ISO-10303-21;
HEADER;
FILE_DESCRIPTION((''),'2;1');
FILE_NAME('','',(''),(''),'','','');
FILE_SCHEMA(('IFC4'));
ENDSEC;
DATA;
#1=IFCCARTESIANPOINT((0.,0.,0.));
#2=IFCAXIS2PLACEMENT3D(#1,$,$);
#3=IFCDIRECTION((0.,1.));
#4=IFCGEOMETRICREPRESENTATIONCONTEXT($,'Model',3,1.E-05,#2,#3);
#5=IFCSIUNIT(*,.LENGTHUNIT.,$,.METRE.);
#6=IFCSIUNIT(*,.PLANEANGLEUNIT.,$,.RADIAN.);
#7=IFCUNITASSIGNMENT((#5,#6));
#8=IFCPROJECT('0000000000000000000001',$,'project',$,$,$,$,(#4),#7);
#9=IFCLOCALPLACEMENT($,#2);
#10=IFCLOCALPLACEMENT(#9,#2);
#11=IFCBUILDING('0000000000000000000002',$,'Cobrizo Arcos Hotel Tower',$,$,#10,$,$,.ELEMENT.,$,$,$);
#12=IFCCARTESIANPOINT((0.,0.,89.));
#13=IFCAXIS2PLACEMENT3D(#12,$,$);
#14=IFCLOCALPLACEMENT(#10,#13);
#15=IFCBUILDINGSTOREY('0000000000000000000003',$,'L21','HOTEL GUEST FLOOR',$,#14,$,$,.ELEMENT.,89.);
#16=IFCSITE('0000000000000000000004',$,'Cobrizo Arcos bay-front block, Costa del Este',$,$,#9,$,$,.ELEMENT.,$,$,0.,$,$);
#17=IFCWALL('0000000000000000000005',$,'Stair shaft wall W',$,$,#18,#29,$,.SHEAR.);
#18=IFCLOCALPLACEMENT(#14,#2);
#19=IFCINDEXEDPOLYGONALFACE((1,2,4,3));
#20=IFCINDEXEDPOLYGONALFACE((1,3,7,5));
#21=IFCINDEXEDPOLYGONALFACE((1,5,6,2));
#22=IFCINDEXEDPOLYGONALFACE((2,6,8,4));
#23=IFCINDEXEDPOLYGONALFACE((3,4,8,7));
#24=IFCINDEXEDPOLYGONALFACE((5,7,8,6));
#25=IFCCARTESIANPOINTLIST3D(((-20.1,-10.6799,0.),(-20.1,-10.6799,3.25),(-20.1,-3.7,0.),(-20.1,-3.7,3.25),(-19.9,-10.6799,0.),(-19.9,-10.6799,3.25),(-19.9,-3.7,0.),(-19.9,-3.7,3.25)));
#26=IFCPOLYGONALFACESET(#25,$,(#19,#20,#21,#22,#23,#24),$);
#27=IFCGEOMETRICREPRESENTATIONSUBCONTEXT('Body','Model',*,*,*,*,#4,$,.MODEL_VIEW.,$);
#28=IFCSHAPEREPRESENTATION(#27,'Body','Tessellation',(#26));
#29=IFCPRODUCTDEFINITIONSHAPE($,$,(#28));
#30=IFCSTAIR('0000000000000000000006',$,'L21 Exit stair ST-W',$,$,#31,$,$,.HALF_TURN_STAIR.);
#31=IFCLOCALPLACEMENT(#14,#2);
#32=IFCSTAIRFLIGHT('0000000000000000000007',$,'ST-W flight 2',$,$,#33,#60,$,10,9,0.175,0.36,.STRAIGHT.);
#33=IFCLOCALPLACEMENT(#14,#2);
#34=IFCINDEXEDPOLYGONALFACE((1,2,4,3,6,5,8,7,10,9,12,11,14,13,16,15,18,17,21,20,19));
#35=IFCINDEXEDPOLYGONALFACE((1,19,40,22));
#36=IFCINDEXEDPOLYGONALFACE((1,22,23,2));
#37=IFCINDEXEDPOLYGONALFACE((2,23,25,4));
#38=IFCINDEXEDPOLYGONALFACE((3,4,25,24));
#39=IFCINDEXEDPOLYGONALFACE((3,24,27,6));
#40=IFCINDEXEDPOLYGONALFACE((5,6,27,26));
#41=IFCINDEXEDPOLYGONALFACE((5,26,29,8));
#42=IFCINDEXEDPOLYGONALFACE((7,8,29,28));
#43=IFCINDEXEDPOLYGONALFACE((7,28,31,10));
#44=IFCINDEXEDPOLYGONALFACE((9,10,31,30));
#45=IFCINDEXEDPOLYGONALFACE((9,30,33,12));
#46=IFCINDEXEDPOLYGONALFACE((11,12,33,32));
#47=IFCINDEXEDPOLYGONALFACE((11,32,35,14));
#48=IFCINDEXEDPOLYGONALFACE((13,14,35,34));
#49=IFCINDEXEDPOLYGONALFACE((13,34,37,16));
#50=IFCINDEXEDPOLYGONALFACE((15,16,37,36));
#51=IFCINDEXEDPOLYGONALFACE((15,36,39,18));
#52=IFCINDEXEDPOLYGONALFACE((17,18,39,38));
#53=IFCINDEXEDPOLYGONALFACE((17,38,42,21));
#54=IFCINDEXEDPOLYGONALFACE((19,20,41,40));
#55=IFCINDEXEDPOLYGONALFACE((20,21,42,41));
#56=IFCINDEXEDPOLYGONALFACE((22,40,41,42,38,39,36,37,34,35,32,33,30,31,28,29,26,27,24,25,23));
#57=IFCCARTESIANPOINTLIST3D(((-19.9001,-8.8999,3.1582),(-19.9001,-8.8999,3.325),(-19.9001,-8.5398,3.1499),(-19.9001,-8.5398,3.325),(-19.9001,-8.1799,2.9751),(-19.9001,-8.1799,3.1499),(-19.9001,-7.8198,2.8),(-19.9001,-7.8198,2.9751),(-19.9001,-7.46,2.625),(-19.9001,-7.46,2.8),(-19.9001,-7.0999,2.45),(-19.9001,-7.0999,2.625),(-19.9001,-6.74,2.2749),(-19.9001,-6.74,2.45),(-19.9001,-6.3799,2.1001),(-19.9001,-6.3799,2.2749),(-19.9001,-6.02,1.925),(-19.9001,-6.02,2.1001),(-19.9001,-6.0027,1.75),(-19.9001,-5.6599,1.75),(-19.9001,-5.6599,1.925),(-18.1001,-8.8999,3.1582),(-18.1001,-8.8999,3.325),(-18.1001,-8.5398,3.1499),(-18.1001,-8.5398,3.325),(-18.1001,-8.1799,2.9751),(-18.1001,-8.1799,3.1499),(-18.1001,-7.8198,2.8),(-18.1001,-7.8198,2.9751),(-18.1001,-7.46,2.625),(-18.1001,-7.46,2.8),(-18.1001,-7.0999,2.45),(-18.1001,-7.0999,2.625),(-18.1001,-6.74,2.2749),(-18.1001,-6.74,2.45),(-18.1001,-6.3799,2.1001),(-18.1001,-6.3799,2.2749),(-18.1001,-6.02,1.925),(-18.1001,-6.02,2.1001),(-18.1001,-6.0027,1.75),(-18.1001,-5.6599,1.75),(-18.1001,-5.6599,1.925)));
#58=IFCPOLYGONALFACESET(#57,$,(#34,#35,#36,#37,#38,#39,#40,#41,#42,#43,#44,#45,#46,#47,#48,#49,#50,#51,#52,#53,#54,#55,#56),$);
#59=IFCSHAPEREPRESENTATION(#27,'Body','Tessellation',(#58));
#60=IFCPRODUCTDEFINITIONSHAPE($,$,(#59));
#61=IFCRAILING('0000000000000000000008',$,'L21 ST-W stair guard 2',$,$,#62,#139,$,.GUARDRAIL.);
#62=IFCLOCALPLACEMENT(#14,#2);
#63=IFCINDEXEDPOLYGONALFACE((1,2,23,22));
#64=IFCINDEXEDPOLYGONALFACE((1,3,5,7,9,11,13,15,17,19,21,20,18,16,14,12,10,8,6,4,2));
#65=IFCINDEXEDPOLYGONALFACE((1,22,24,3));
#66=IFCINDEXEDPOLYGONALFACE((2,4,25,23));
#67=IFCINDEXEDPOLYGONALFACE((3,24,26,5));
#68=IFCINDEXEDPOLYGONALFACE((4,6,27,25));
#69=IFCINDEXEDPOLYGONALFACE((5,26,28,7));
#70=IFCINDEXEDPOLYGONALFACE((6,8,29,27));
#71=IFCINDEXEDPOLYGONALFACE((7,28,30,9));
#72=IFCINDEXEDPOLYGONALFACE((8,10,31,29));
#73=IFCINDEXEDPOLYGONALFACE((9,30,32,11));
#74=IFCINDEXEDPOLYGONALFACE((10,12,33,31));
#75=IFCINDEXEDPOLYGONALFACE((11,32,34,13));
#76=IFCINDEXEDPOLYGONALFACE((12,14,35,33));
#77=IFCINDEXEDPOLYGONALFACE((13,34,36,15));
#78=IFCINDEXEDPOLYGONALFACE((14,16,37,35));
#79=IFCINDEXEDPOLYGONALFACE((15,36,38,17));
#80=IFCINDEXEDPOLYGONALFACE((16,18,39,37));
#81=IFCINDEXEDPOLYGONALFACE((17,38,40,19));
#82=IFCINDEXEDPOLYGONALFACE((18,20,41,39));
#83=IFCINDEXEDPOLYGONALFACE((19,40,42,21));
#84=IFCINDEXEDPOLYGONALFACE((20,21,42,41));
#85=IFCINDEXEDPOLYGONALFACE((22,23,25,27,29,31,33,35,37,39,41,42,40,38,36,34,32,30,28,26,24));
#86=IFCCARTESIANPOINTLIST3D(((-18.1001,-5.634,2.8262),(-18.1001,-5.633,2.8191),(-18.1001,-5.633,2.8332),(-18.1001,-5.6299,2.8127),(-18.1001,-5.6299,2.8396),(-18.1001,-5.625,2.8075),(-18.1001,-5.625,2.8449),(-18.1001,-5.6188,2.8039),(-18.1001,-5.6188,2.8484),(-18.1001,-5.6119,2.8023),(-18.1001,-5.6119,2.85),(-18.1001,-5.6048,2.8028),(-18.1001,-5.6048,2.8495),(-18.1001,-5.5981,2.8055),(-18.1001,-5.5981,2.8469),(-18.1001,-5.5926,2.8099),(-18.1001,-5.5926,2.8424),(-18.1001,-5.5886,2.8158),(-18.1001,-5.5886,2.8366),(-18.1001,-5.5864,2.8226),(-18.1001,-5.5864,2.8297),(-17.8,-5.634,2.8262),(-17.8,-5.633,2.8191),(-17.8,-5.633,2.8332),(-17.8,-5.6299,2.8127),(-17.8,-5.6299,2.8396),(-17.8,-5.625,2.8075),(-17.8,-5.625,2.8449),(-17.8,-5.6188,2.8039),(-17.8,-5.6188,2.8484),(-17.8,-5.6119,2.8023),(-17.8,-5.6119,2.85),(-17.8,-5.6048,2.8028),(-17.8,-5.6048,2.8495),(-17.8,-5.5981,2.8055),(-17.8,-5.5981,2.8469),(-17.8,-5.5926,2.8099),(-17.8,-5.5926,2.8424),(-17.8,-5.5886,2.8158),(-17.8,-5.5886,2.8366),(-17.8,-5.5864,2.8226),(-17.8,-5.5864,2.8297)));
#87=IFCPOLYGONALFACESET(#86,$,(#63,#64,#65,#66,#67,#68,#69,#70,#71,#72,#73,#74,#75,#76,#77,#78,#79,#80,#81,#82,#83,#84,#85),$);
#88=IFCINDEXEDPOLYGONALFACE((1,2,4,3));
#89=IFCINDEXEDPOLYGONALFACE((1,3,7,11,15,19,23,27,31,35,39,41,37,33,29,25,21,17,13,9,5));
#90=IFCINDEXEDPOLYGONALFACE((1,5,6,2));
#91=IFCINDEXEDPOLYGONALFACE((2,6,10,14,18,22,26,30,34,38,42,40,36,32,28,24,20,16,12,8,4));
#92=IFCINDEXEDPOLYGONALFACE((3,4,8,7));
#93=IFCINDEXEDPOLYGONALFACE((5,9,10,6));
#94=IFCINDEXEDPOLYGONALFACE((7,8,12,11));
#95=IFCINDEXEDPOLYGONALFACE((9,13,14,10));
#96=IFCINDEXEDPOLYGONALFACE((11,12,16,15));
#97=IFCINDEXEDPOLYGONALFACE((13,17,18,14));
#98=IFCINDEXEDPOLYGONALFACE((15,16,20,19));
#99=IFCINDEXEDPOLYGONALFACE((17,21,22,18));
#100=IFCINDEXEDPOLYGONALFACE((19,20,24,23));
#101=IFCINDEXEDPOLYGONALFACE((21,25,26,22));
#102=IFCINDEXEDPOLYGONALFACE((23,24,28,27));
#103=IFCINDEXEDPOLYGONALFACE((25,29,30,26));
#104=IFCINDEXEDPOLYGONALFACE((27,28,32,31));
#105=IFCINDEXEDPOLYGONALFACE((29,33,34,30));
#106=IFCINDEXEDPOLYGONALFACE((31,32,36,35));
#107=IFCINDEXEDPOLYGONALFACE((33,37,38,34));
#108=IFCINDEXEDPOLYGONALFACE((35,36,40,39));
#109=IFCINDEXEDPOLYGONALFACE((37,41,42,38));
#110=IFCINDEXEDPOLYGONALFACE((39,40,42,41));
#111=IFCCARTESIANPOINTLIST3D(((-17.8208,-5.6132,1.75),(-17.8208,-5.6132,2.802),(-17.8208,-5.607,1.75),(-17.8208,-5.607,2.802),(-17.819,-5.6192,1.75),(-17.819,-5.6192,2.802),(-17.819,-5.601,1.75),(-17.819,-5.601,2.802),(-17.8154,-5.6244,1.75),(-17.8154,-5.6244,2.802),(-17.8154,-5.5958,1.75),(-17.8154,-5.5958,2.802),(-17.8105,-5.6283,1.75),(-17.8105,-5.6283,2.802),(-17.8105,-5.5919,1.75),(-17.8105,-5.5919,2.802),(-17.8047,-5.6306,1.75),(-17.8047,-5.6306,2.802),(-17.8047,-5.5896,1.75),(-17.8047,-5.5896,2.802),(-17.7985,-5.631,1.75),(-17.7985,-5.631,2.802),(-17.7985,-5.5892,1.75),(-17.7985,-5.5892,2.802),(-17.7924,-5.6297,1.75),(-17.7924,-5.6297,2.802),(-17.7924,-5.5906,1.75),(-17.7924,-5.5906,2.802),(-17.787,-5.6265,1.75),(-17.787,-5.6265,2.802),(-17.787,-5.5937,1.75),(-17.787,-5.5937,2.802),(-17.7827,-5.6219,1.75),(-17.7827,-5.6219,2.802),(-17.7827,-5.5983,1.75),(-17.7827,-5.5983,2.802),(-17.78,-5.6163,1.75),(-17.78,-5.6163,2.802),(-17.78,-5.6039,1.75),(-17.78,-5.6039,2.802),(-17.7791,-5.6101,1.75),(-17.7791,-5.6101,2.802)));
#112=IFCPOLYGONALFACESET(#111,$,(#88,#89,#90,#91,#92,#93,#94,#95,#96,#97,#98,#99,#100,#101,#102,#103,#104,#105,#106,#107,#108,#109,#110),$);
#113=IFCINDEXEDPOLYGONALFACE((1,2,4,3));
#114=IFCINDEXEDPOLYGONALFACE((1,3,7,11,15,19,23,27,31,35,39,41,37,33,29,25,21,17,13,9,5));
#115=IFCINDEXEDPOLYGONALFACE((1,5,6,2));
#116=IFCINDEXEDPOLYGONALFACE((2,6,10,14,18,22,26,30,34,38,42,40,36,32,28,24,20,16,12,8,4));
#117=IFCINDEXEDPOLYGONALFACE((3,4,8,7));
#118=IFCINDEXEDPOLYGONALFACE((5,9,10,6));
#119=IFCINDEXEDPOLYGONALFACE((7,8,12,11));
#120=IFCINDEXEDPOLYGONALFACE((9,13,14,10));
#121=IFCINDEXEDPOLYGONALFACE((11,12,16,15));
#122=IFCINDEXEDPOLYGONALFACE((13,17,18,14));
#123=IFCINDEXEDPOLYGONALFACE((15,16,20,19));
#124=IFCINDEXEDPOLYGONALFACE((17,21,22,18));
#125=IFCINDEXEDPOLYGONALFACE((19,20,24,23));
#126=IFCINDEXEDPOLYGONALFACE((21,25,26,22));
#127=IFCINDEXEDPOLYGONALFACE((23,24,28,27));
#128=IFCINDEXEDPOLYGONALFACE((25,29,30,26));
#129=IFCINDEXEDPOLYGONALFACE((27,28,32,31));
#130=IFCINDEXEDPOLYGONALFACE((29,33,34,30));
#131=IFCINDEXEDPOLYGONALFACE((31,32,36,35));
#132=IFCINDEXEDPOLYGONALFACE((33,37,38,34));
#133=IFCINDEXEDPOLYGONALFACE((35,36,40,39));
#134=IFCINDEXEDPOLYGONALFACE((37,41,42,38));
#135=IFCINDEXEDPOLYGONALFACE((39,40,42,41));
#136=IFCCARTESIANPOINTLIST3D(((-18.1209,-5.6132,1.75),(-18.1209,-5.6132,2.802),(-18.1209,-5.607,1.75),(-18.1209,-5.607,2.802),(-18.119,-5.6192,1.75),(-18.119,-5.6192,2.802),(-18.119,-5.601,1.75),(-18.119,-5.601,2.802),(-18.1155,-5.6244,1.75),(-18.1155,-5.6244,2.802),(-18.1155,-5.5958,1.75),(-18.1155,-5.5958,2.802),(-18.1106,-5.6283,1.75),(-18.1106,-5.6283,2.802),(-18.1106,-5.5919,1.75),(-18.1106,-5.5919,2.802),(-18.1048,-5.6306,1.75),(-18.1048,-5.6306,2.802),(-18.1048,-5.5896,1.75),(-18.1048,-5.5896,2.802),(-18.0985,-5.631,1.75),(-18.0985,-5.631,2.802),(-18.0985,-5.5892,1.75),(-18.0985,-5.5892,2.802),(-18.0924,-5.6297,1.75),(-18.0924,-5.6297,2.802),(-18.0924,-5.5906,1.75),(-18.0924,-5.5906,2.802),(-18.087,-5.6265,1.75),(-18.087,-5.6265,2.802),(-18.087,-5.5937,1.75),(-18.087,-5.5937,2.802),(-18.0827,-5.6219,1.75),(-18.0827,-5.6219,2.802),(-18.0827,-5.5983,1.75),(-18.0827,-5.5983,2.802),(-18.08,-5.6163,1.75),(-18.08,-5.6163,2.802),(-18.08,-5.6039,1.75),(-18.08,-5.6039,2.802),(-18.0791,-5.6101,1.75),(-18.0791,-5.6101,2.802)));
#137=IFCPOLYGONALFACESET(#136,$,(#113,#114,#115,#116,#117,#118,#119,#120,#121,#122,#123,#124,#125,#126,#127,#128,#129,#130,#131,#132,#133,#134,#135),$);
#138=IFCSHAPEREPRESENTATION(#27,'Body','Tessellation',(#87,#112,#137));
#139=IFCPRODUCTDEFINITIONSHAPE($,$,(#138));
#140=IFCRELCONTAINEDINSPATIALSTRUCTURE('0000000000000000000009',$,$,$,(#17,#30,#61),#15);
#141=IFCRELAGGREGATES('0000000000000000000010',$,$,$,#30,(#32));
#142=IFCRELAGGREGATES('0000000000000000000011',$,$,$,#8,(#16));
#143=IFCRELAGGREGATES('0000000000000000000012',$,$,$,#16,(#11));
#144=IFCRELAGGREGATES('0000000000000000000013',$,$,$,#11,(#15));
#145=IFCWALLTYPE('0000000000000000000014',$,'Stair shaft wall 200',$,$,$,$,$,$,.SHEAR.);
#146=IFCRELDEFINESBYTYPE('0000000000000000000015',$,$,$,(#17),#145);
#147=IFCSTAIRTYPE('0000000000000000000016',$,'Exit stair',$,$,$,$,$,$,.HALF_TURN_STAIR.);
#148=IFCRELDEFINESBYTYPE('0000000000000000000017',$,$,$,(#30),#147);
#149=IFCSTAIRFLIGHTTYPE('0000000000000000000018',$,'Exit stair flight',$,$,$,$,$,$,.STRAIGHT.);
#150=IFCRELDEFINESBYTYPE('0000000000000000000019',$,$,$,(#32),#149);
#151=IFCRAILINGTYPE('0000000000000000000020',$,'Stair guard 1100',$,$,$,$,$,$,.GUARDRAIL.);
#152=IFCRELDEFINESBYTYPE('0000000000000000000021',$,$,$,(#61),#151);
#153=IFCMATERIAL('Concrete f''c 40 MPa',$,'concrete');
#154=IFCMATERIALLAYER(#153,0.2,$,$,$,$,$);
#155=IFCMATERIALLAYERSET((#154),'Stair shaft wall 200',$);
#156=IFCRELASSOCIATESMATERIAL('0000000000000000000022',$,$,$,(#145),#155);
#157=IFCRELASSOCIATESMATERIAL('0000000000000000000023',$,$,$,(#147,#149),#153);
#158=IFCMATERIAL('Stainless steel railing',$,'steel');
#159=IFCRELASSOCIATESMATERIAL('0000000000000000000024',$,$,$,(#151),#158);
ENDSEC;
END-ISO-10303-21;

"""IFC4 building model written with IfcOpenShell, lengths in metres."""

from ifc_helpers import new_model, si_unit, direction, frame, frame_2d, origin, origin_2d, place, context, subcontext, project, spatial, polyline, rectangle, circle, outline, extrude, material, layer, layer_set, type_object, element, aggregate, save


model = new_model("IFC4")

# Units and contexts
model_context = context("Model", 3, precision=1e-05, world=origin(), true_north=direction((0.0, 1.0)))
body_context = subcontext(model_context, "Body", "Model", "MODEL_VIEW")
ifc_project = project(units=[si_unit("LENGTHUNIT", "METRE"), si_unit("PLANEANGLEUNIT", "RADIAN")], contexts=[model_context])

# Site, building, storey
site_placement = place(None, origin())
site = spatial("IfcSite", under=ifc_project, at=site_placement, Name="Cobrizo Arcos bay-front block, Costa del Este", CompositionType="ELEMENT", RefElevation=0.0)
building_placement = place(site_placement, origin())
building = spatial("IfcBuilding", under=site, at=building_placement, Name="Cobrizo Arcos Hotel Tower", CompositionType="ELEMENT")
storey_placement = place(building_placement, frame((0.0, 0.0, 89.0)))
storey = spatial("IfcBuildingStorey", under=building, at=storey_placement, Name="L21", Description="HOTEL GUEST FLOOR", CompositionType="ELEMENT", Elevation=89.0)

# Wall
ifc_material_1 = material(Name="Concrete f'c 40 MPa", Category="concrete")
ifc_layer_1 = layer(ifc_material_1, 0.2)
ifc_layer_set_1 = layer_set([ifc_layer_1], Name="Stair shaft wall 200")
wall_type_1 = type_object("IfcWallType", Name="Stair shaft wall 200", PredefinedType="SHEAR", material=ifc_layer_set_1)
wall_1_placement = place(storey_placement, frame((-20.0, -10.6799, 0.0), z_axis=(0.0, 0.0, 1.0), x_axis=(0.0, 1.0, 0.0)))
element("IfcWall", 1, at=wall_1_placement, inside=storey, type_object=wall_type_1, Name="Stair shaft wall W", PredefinedType="SHEAR", context=body_context, shape_type="SweptSolid", body=[
    extrude(rectangle(XDim=6.98, YDim=0.2, at=frame_2d((3.49, 0.0))), origin(), (0.0, 0.0, 1.0), 3.25),
])

# Stair, stair flight
stair_type = type_object("IfcStairType", Name="Exit stair", PredefinedType="HALF_TURN_STAIR", material=ifc_material_1)
stair_placement = place(storey_placement, origin())
stair = element("IfcStair", 2, at=stair_placement, inside=storey, type_object=stair_type, Name="L21 Exit stair ST-W", PredefinedType="HALF_TURN_STAIR")
stair_flight_type = type_object("IfcStairFlightType", Name="Exit stair flight", PredefinedType="STRAIGHT", material=ifc_material_1)
stair_flight_placement = place(storey_placement, frame((-19.0, -5.6599, 1.75), z_axis=(0.0, 0.0, 1.0), x_axis=(0.0, -1.0, 0.0)))
stair_flight = element("IfcStairFlight", 3, at=stair_flight_placement, type_object=stair_flight_type, Name="ST-W flight 2", NumberOfRisers=10, NumberOfTreads=9, PredefinedType="STRAIGHT", RiserHeight=0.175, TreadLength=0.36, context=body_context, shape_type="SweptSolid", body=[
    extrude(outline(polyline([(0.0, 0.0), (0.0, 0.175), (0.3601, 0.175), (0.3601, 0.3501), (0.72, 0.3501), (0.72, 0.5249), (1.0801, 0.5249), (1.0801, 0.7), (1.4399, 0.7), (1.4399, 0.875), (1.8, 0.875), (1.8, 1.05), (2.1599, 1.05), (2.1599, 1.2251), (2.52, 1.2251), (2.52, 1.3999), (2.8799, 1.3999), (2.8799, 1.575), (3.24, 1.575), (3.24, 1.75), (3.24, 1.4082), (0.3428, 0.0), (0.0, 0.0)])), frame((0.0, 0.8999, 0.0), z_axis=(0.0, -1.0, 0.0), x_axis=(1.0, 0.0, 0.0)), (0.0, 0.0, 1.0), 1.8),
])
aggregate(stair, [stair_flight])

# Railing
ifc_material_2 = material(Name="Stainless steel railing", Category="steel")
railing_type_1 = type_object("IfcRailingType", Name="Stair guard 1100", PredefinedType="GUARDRAIL", material=ifc_material_2)
railing_1_placement = place(storey_placement, frame((-17.8, -5.6101, 1.75)))
element("IfcRailing", 4, at=railing_1_placement, inside=storey, type_object=railing_type_1, Name="L21 ST-W stair guard 2", PredefinedType="GUARDRAIL", context=body_context, shape_type="SweptSolid", body=[
    extrude(circle(Radius=0.0239, at=origin_2d()), frame((0.0, 0.0, 1.0762), z_axis=(-1.0, 0.0, 0.0), x_axis=(0.0, -1.0, 0.0)), (0.0, 0.0, 1.0), 0.3),
    extrude(circle(Radius=0.021, at=origin_2d()), origin(), (0.0, 0.0, 1.0), 1.052),
    extrude(circle(Radius=0.021, at=origin_2d()), frame((-0.3, 0.0, 0.0)), (0.0, 0.0, 1.0), 1.052),
])

save(model, "model.ifc")
